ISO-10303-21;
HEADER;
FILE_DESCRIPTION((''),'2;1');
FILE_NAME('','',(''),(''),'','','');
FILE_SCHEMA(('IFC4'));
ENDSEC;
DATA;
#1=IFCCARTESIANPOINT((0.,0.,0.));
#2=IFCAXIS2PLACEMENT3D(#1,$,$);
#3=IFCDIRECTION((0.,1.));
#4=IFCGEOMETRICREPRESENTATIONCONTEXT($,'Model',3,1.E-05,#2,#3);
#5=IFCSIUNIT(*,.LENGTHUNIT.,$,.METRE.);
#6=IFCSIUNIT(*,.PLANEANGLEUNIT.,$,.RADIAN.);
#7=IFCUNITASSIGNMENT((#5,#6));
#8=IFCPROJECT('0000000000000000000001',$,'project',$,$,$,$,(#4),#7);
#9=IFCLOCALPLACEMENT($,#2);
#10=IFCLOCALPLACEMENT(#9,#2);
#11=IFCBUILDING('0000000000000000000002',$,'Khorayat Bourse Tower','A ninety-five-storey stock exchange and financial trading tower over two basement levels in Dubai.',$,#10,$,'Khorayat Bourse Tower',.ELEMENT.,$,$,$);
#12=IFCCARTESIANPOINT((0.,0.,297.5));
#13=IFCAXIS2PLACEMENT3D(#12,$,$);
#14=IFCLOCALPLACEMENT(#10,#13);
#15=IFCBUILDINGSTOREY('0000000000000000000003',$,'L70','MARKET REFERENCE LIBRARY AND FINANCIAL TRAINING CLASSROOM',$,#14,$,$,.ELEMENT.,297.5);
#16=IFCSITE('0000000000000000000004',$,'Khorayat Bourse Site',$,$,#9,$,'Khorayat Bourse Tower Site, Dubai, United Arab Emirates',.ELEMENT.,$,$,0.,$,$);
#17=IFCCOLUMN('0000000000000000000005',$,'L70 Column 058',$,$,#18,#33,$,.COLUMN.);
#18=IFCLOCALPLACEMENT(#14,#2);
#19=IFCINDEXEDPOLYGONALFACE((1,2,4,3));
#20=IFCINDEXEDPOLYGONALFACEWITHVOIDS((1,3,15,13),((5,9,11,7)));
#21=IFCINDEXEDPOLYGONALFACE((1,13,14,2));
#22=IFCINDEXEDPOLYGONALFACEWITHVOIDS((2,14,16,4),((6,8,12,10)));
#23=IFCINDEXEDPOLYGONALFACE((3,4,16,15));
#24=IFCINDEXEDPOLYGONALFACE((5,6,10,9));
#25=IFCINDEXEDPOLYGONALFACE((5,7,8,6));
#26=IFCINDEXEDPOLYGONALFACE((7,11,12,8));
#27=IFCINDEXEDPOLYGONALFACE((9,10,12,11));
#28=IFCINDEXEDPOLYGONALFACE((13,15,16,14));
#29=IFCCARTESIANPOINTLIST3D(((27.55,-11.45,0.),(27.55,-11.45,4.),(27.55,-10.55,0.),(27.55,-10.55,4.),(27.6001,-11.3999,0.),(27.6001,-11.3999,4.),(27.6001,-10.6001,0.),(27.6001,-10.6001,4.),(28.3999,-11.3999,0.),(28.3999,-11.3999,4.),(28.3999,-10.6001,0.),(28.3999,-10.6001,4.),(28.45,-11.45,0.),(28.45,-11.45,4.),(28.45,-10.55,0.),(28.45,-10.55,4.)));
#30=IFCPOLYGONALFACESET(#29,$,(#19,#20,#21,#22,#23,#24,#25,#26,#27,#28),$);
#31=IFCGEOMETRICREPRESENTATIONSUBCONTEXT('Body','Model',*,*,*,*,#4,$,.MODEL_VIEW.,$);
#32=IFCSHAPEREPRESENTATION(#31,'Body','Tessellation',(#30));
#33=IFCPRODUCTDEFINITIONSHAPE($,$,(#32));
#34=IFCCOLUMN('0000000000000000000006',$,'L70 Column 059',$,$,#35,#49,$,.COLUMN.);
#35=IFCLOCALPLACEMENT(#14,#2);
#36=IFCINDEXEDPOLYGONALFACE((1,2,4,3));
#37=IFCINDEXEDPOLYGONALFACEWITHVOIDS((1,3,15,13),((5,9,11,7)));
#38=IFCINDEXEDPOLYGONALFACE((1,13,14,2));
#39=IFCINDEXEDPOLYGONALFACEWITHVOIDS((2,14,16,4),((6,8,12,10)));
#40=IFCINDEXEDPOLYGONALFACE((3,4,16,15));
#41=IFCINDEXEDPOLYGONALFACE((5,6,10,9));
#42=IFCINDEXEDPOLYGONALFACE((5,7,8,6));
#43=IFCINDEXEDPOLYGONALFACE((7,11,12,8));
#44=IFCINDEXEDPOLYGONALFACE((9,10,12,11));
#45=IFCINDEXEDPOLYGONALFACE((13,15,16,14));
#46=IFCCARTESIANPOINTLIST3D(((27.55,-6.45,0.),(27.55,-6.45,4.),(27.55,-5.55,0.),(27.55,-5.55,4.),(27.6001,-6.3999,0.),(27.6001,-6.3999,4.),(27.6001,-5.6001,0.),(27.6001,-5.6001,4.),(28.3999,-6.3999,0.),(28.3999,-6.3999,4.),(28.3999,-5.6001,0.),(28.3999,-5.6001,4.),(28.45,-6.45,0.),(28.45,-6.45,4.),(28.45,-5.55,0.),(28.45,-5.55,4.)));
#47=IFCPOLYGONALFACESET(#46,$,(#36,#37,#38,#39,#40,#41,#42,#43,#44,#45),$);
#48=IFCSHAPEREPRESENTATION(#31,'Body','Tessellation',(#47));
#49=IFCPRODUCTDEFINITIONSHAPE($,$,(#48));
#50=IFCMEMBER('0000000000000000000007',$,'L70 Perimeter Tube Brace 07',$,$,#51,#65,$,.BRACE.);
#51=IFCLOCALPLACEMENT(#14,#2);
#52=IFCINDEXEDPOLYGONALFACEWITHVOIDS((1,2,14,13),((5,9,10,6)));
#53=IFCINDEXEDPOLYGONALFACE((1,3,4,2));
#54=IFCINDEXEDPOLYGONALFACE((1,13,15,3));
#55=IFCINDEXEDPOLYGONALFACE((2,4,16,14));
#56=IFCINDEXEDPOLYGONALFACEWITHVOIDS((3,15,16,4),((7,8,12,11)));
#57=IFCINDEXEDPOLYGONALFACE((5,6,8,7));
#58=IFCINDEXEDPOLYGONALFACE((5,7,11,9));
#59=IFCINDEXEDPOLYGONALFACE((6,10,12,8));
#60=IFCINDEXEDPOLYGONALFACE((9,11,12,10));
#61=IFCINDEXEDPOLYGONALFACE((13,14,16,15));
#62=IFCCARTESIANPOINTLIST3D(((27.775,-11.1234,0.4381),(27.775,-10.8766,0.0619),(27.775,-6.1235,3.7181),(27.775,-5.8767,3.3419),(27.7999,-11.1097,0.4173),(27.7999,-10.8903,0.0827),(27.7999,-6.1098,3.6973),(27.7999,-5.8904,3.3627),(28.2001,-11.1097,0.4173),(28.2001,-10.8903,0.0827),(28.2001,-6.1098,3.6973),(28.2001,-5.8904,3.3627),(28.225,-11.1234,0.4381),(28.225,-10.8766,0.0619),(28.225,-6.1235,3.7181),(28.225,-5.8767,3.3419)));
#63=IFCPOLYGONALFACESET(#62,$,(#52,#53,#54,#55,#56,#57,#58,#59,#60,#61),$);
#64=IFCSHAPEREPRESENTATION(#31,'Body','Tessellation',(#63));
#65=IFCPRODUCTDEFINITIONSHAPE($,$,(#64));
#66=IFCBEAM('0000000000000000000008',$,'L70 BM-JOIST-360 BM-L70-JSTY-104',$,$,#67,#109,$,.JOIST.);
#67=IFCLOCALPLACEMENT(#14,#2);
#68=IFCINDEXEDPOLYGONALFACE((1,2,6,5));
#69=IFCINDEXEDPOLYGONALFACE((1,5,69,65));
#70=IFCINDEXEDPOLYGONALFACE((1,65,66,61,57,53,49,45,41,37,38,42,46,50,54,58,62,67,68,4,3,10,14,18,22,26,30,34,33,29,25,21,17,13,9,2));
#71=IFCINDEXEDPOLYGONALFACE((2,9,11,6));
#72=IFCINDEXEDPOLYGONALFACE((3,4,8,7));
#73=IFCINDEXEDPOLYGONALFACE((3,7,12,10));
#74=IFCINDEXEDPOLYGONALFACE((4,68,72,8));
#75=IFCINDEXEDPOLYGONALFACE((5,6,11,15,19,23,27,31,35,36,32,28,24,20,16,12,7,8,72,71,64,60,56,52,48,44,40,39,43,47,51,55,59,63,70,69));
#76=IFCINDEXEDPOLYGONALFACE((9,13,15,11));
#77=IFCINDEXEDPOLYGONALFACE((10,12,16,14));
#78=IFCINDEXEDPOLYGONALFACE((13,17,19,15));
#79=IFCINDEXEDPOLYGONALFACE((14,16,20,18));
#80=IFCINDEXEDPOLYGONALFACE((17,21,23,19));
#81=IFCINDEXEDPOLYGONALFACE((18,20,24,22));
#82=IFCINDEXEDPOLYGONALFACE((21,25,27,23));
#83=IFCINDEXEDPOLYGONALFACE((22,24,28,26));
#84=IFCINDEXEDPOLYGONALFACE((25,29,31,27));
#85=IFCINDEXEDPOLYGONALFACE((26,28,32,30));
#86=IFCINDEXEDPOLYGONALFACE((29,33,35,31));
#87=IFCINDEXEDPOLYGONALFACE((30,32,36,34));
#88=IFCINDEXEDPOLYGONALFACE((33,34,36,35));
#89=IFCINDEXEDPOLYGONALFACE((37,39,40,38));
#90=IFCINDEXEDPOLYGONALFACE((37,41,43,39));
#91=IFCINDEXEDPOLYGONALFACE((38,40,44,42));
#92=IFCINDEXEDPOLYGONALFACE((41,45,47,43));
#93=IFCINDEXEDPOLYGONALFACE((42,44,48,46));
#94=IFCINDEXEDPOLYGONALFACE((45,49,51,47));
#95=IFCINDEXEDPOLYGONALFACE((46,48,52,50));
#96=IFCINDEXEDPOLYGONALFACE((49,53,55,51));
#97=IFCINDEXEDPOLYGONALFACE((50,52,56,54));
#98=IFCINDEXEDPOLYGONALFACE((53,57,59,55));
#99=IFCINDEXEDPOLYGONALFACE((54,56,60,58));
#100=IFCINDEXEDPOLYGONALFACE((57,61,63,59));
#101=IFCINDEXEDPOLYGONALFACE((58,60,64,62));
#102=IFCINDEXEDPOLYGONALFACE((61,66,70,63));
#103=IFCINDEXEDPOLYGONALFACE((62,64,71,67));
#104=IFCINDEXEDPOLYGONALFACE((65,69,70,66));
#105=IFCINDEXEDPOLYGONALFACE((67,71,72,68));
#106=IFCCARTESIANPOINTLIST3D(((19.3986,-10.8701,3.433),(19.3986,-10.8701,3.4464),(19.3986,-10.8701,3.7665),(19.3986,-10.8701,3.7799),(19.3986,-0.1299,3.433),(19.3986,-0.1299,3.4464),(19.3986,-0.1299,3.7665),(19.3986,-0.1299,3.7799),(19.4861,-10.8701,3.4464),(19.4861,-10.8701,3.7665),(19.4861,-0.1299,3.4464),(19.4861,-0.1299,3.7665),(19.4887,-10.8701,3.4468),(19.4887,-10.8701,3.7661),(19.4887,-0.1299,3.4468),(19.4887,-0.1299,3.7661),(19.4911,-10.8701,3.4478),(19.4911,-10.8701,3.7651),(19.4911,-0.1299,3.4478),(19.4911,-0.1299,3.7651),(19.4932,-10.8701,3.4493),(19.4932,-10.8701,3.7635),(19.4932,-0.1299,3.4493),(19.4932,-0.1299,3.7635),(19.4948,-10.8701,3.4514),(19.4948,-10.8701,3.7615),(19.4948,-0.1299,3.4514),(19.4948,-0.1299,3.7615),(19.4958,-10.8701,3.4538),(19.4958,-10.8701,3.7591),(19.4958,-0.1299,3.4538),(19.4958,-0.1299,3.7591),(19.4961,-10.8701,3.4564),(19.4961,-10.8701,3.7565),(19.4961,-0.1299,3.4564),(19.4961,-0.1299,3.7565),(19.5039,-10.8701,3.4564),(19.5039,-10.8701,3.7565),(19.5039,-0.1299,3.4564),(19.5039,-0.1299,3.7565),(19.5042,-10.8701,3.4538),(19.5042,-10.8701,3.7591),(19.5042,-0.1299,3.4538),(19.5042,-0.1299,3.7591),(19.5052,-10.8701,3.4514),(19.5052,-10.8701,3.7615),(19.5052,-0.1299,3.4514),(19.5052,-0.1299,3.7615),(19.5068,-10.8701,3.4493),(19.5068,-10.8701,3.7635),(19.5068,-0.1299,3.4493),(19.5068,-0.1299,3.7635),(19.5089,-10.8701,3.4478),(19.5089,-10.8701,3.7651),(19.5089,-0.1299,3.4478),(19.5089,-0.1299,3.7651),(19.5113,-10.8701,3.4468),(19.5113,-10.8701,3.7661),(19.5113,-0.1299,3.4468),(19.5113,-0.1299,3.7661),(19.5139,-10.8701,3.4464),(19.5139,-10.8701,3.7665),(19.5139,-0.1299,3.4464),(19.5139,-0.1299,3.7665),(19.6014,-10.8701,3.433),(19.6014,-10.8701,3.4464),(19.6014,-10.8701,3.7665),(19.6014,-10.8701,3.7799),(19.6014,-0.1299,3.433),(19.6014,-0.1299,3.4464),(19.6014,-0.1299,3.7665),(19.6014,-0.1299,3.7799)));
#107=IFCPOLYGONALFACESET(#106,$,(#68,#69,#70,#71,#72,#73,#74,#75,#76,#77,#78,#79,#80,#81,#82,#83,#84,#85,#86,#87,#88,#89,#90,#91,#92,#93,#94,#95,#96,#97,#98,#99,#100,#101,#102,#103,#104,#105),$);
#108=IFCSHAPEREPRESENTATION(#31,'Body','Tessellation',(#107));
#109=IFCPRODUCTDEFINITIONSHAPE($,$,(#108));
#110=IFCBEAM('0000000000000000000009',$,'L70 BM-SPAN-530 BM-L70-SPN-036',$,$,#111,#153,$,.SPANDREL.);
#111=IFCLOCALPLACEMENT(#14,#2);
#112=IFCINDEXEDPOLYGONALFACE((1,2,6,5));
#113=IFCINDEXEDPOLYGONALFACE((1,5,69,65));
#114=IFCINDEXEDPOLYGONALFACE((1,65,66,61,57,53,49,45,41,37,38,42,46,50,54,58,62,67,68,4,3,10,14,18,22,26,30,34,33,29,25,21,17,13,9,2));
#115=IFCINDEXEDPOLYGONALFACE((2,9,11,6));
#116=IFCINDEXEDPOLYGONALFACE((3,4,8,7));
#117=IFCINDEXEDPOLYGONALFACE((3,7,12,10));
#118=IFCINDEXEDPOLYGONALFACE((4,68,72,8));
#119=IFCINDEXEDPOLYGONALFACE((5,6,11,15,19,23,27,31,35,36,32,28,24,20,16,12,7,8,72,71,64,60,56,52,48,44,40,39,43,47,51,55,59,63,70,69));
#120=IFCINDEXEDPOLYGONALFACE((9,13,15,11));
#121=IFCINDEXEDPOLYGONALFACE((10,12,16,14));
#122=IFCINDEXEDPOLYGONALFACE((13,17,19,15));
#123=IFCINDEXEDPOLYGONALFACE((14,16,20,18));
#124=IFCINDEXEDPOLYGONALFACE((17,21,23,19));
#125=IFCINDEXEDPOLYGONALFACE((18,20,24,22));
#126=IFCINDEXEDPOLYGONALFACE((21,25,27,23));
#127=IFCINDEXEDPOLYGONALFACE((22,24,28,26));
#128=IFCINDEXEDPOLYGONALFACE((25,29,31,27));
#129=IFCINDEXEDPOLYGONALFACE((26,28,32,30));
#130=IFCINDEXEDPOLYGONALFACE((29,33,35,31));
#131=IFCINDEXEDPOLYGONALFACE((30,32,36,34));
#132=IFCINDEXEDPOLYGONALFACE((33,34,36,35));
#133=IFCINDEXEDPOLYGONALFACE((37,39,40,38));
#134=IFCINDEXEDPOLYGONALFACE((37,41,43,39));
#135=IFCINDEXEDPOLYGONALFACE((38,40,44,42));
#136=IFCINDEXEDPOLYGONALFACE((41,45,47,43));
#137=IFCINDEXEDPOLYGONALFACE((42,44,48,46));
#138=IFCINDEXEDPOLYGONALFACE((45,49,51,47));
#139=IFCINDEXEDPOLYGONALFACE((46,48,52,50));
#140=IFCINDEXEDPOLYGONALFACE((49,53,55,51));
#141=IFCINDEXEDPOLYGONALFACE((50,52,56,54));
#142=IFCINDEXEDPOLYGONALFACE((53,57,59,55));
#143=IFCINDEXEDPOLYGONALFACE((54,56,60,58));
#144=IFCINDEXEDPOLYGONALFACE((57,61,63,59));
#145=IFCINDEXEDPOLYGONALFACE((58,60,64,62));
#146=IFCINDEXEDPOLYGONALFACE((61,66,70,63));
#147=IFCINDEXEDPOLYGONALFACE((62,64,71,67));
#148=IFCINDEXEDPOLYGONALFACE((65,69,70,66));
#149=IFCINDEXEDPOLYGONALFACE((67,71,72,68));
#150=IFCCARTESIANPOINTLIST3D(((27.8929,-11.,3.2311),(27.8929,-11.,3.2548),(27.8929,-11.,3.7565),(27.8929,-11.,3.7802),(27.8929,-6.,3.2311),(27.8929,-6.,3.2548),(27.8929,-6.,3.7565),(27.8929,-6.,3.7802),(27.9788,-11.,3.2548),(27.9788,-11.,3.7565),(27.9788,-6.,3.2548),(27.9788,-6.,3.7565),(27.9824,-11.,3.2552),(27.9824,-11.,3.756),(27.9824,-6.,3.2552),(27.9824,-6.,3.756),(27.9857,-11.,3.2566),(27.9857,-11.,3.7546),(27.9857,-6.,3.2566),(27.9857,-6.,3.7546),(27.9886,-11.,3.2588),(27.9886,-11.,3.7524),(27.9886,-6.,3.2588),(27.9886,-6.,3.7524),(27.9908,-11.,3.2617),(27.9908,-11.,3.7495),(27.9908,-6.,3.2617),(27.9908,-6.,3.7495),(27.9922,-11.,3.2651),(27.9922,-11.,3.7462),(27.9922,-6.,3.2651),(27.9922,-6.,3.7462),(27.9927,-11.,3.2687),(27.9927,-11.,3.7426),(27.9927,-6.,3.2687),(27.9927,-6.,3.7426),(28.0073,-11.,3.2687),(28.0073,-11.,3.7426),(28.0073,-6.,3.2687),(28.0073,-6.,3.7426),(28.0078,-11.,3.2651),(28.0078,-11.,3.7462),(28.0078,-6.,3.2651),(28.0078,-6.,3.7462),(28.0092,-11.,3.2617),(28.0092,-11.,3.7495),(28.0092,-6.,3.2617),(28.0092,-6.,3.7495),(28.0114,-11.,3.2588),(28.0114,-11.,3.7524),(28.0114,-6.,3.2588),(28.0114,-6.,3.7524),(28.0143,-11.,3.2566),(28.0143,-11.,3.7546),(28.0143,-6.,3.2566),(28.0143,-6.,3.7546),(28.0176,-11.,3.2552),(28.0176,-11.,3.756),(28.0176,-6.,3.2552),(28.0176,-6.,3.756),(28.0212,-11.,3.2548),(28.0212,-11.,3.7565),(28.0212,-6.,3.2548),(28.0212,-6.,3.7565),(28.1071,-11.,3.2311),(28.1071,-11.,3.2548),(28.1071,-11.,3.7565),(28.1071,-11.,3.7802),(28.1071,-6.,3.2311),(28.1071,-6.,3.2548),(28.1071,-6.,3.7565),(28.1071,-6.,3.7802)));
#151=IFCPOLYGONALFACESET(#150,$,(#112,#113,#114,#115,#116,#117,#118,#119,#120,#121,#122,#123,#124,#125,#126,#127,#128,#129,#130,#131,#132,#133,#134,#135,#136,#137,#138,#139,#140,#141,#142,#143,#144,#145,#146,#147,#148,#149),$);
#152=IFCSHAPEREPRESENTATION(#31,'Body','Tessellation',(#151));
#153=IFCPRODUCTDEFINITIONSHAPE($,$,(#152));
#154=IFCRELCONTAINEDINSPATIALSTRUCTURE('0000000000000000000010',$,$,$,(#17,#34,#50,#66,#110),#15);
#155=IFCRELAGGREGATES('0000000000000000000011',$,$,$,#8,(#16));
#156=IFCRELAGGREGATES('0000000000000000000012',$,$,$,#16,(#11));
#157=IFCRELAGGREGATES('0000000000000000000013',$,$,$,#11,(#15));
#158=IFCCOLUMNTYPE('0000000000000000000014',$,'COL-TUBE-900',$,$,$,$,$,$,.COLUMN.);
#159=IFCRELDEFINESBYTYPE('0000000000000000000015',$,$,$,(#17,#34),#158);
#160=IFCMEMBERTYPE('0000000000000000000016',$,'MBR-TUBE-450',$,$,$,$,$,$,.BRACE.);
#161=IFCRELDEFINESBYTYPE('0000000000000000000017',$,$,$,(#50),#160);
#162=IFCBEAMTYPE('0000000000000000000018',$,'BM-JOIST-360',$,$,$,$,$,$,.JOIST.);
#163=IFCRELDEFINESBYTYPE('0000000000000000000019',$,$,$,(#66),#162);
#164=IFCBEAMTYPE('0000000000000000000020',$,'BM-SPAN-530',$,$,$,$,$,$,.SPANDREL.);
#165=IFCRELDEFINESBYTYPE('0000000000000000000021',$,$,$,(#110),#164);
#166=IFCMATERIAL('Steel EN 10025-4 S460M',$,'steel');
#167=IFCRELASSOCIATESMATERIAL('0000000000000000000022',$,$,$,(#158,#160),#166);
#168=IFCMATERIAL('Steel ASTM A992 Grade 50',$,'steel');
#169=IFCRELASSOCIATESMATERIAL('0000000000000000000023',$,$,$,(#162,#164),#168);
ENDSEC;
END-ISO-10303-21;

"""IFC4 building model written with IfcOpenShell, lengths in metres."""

from ifc_helpers import new_model, si_unit, direction, frame, origin, origin_2d, place, context, subcontext, project, spatial, hollow_rectangle, i_section, extrude, source, transform, mapped, material, material_profile, profile_set, type_object, element, save


model = new_model("IFC4")

# Units and contexts
model_context = context("Model", 3, precision=1e-05, world=origin(), true_north=direction((0.0, 1.0)))
body_context = subcontext(model_context, "Body", "Model", "MODEL_VIEW")
ifc_project = project(units=[si_unit("LENGTHUNIT", "METRE"), si_unit("PLANEANGLEUNIT", "RADIAN")], contexts=[model_context])

# Site, building, storey
site_placement = place(None, origin())
site = spatial("IfcSite", under=ifc_project, at=site_placement, Name="Khorayat Bourse Site", LongName="Khorayat Bourse Tower Site, Dubai, United Arab Emirates", CompositionType="ELEMENT", RefElevation=0.0)
building_placement = place(site_placement, origin())
building = spatial("IfcBuilding", under=site, at=building_placement, Name="Khorayat Bourse Tower", Description="A ninety-five-storey stock exchange and financial trading tower over two basement levels in Dubai.", LongName="Khorayat Bourse Tower", CompositionType="ELEMENT")
storey_placement = place(building_placement, frame((0.0, 0.0, 297.5)))
storey = spatial("IfcBuildingStorey", under=building, at=storey_placement, Name="L70", Description="MARKET REFERENCE LIBRARY AND FINANCIAL TRAINING CLASSROOM", CompositionType="ELEMENT", Elevation=297.5)

# Columns
ifc_material_1 = material(Name="Steel EN 10025-4 S460M", Category="steel")
ifc_material_profile_1 = material_profile(ifc_material_1, hollow_rectangle(XDim=0.8999, YDim=0.8999, WallThickness=0.05, at=origin_2d()), Name="BOX 900x900x50")
ifc_profile_set_1 = profile_set([ifc_material_profile_1], Name="Steel EN 10025-4 S460M")
column_type = type_object("IfcColumnType", Name="COL-TUBE-900", PredefinedType="COLUMN", material=ifc_profile_set_1)
shared_shape_1 = source(origin(), body_context, "Body", "SweptSolid", [
    extrude(hollow_rectangle(XDim=0.8999, YDim=0.8999, WallThickness=0.05, at=origin_2d()), origin(), (0.0, 0.0, 1.0), 4.0),
])
for number, where, z_axis, x_axis, name in (
    (1, (28.0, -11.0, 0.0), (0.0, 0.0, 1.0), (1.0, 0.0, 0.0), "L70 Column 058"),
    (2, (28.0, -6.0, 0.0), (0.0, 0.0, 1.0), (1.0, 0.0, 0.0), "L70 Column 059"),
):
    element("IfcColumn", number, at=place(storey_placement, frame(where, z_axis=z_axis, x_axis=x_axis)), inside=storey, type_object=column_type, Name=name, PredefinedType="COLUMN", context=body_context, shape_type="MappedRepresentation", body=[
        mapped(shared_shape_1, transform((0.0, 0.0, 0.0), scale=1.0)),
    ])

# Member
ifc_material_profile_2 = material_profile(ifc_material_1, hollow_rectangle(XDim=0.45, YDim=0.45, WallThickness=0.0249, at=origin_2d()), Name="HSS 450x450x25")
ifc_profile_set_2 = profile_set([ifc_material_profile_2], Name="Steel EN 10025-4 S460M")
member_type_1 = type_object("IfcMemberType", Name="MBR-TUBE-450", PredefinedType="BRACE", material=ifc_profile_set_2)
shared_shape_2 = source(origin(), body_context, "Body", "SweptSolid", [
    extrude(hollow_rectangle(XDim=0.45, YDim=0.45, WallThickness=0.0249, at=origin_2d()), origin(), (0.0, 0.0, 1.0), 5.9797),
])
member_1_placement = place(storey_placement, frame((28.0, -11.0, 0.25), z_axis=(0.0, 0.836142, 0.548514), x_axis=(-1.0, 0.0, 0.0)))
element("IfcMember", 3, at=member_1_placement, inside=storey, type_object=member_type_1, Name="L70 Perimeter Tube Brace 07", PredefinedType="BRACE", context=body_context, shape_type="MappedRepresentation", body=[
    mapped(shared_shape_2, transform((0.0, 0.0, 0.0), scale=1.0)),
])

# Beams
ifc_material_2 = material(Name="Steel ASTM A992 Grade 50", Category="steel")
ifc_material_profile_3 = material_profile(ifc_material_2, i_section(OverallWidth=0.2029, OverallDepth=0.3469, WebThickness=0.0078, FlangeThickness=0.0134, FilletRadius=0.01, at=origin_2d()), Name="W360X64")
ifc_profile_set_3 = profile_set([ifc_material_profile_3], Name="Steel ASTM A992 Grade 50")
beam_type_1 = type_object("IfcBeamType", Name="BM-JOIST-360", PredefinedType="JOIST", material=ifc_profile_set_3)
shared_shape_3 = source(origin(), body_context, "Body", "SweptSolid", [
    extrude(i_section(OverallWidth=0.2029, OverallDepth=0.3469, WebThickness=0.0078, FlangeThickness=0.0134, FilletRadius=0.01, at=origin_2d()), origin(), (0.0, 0.0, 1.0), 10.7402),
])
beam_1_placement = place(storey_placement, frame((19.5, -10.8701, 3.6064), z_axis=(0.0, 1.0, 0.0), x_axis=(-1.0, 0.0, 0.0)))
element("IfcBeam", 4, at=beam_1_placement, inside=storey, type_object=beam_type_1, Name="L70 BM-JOIST-360 BM-L70-JSTY-104", PredefinedType="JOIST", context=body_context, shape_type="MappedRepresentation", body=[
    mapped(shared_shape_3, transform((0.0, 0.0, 0.0), scale=1.0)),
])
ifc_material_profile_4 = material_profile(ifc_material_2, i_section(OverallWidth=0.2141, OverallDepth=0.5491, WebThickness=0.0146, FlangeThickness=0.0237, FilletRadius=0.0139, at=origin_2d()), Name="W530X138")
ifc_profile_set_4 = profile_set([ifc_material_profile_4], Name="Steel ASTM A992 Grade 50")
beam_type_2 = type_object("IfcBeamType", Name="BM-SPAN-530", PredefinedType="SPANDREL", material=ifc_profile_set_4)
shared_shape_4 = source(origin(), body_context, "Body", "SweptSolid", [
    extrude(i_section(OverallWidth=0.2141, OverallDepth=0.5491, WebThickness=0.0146, FlangeThickness=0.0237, FilletRadius=0.0139, at=origin_2d()), origin(), (0.0, 0.0, 1.0), 5.0),
])
beam_2_placement = place(storey_placement, frame((28.0, -11.0, 3.5056), z_axis=(0.0, 1.0, 0.0), x_axis=(-1.0, 0.0, 0.0)))
element("IfcBeam", 5, at=beam_2_placement, inside=storey, type_object=beam_type_2, Name="L70 BM-SPAN-530 BM-L70-SPN-036", PredefinedType="SPANDREL", context=body_context, shape_type="MappedRepresentation", body=[
    mapped(shared_shape_4, transform((0.0, 0.0, 0.0), scale=1.0)),
])

save(model, "model.ifc")
